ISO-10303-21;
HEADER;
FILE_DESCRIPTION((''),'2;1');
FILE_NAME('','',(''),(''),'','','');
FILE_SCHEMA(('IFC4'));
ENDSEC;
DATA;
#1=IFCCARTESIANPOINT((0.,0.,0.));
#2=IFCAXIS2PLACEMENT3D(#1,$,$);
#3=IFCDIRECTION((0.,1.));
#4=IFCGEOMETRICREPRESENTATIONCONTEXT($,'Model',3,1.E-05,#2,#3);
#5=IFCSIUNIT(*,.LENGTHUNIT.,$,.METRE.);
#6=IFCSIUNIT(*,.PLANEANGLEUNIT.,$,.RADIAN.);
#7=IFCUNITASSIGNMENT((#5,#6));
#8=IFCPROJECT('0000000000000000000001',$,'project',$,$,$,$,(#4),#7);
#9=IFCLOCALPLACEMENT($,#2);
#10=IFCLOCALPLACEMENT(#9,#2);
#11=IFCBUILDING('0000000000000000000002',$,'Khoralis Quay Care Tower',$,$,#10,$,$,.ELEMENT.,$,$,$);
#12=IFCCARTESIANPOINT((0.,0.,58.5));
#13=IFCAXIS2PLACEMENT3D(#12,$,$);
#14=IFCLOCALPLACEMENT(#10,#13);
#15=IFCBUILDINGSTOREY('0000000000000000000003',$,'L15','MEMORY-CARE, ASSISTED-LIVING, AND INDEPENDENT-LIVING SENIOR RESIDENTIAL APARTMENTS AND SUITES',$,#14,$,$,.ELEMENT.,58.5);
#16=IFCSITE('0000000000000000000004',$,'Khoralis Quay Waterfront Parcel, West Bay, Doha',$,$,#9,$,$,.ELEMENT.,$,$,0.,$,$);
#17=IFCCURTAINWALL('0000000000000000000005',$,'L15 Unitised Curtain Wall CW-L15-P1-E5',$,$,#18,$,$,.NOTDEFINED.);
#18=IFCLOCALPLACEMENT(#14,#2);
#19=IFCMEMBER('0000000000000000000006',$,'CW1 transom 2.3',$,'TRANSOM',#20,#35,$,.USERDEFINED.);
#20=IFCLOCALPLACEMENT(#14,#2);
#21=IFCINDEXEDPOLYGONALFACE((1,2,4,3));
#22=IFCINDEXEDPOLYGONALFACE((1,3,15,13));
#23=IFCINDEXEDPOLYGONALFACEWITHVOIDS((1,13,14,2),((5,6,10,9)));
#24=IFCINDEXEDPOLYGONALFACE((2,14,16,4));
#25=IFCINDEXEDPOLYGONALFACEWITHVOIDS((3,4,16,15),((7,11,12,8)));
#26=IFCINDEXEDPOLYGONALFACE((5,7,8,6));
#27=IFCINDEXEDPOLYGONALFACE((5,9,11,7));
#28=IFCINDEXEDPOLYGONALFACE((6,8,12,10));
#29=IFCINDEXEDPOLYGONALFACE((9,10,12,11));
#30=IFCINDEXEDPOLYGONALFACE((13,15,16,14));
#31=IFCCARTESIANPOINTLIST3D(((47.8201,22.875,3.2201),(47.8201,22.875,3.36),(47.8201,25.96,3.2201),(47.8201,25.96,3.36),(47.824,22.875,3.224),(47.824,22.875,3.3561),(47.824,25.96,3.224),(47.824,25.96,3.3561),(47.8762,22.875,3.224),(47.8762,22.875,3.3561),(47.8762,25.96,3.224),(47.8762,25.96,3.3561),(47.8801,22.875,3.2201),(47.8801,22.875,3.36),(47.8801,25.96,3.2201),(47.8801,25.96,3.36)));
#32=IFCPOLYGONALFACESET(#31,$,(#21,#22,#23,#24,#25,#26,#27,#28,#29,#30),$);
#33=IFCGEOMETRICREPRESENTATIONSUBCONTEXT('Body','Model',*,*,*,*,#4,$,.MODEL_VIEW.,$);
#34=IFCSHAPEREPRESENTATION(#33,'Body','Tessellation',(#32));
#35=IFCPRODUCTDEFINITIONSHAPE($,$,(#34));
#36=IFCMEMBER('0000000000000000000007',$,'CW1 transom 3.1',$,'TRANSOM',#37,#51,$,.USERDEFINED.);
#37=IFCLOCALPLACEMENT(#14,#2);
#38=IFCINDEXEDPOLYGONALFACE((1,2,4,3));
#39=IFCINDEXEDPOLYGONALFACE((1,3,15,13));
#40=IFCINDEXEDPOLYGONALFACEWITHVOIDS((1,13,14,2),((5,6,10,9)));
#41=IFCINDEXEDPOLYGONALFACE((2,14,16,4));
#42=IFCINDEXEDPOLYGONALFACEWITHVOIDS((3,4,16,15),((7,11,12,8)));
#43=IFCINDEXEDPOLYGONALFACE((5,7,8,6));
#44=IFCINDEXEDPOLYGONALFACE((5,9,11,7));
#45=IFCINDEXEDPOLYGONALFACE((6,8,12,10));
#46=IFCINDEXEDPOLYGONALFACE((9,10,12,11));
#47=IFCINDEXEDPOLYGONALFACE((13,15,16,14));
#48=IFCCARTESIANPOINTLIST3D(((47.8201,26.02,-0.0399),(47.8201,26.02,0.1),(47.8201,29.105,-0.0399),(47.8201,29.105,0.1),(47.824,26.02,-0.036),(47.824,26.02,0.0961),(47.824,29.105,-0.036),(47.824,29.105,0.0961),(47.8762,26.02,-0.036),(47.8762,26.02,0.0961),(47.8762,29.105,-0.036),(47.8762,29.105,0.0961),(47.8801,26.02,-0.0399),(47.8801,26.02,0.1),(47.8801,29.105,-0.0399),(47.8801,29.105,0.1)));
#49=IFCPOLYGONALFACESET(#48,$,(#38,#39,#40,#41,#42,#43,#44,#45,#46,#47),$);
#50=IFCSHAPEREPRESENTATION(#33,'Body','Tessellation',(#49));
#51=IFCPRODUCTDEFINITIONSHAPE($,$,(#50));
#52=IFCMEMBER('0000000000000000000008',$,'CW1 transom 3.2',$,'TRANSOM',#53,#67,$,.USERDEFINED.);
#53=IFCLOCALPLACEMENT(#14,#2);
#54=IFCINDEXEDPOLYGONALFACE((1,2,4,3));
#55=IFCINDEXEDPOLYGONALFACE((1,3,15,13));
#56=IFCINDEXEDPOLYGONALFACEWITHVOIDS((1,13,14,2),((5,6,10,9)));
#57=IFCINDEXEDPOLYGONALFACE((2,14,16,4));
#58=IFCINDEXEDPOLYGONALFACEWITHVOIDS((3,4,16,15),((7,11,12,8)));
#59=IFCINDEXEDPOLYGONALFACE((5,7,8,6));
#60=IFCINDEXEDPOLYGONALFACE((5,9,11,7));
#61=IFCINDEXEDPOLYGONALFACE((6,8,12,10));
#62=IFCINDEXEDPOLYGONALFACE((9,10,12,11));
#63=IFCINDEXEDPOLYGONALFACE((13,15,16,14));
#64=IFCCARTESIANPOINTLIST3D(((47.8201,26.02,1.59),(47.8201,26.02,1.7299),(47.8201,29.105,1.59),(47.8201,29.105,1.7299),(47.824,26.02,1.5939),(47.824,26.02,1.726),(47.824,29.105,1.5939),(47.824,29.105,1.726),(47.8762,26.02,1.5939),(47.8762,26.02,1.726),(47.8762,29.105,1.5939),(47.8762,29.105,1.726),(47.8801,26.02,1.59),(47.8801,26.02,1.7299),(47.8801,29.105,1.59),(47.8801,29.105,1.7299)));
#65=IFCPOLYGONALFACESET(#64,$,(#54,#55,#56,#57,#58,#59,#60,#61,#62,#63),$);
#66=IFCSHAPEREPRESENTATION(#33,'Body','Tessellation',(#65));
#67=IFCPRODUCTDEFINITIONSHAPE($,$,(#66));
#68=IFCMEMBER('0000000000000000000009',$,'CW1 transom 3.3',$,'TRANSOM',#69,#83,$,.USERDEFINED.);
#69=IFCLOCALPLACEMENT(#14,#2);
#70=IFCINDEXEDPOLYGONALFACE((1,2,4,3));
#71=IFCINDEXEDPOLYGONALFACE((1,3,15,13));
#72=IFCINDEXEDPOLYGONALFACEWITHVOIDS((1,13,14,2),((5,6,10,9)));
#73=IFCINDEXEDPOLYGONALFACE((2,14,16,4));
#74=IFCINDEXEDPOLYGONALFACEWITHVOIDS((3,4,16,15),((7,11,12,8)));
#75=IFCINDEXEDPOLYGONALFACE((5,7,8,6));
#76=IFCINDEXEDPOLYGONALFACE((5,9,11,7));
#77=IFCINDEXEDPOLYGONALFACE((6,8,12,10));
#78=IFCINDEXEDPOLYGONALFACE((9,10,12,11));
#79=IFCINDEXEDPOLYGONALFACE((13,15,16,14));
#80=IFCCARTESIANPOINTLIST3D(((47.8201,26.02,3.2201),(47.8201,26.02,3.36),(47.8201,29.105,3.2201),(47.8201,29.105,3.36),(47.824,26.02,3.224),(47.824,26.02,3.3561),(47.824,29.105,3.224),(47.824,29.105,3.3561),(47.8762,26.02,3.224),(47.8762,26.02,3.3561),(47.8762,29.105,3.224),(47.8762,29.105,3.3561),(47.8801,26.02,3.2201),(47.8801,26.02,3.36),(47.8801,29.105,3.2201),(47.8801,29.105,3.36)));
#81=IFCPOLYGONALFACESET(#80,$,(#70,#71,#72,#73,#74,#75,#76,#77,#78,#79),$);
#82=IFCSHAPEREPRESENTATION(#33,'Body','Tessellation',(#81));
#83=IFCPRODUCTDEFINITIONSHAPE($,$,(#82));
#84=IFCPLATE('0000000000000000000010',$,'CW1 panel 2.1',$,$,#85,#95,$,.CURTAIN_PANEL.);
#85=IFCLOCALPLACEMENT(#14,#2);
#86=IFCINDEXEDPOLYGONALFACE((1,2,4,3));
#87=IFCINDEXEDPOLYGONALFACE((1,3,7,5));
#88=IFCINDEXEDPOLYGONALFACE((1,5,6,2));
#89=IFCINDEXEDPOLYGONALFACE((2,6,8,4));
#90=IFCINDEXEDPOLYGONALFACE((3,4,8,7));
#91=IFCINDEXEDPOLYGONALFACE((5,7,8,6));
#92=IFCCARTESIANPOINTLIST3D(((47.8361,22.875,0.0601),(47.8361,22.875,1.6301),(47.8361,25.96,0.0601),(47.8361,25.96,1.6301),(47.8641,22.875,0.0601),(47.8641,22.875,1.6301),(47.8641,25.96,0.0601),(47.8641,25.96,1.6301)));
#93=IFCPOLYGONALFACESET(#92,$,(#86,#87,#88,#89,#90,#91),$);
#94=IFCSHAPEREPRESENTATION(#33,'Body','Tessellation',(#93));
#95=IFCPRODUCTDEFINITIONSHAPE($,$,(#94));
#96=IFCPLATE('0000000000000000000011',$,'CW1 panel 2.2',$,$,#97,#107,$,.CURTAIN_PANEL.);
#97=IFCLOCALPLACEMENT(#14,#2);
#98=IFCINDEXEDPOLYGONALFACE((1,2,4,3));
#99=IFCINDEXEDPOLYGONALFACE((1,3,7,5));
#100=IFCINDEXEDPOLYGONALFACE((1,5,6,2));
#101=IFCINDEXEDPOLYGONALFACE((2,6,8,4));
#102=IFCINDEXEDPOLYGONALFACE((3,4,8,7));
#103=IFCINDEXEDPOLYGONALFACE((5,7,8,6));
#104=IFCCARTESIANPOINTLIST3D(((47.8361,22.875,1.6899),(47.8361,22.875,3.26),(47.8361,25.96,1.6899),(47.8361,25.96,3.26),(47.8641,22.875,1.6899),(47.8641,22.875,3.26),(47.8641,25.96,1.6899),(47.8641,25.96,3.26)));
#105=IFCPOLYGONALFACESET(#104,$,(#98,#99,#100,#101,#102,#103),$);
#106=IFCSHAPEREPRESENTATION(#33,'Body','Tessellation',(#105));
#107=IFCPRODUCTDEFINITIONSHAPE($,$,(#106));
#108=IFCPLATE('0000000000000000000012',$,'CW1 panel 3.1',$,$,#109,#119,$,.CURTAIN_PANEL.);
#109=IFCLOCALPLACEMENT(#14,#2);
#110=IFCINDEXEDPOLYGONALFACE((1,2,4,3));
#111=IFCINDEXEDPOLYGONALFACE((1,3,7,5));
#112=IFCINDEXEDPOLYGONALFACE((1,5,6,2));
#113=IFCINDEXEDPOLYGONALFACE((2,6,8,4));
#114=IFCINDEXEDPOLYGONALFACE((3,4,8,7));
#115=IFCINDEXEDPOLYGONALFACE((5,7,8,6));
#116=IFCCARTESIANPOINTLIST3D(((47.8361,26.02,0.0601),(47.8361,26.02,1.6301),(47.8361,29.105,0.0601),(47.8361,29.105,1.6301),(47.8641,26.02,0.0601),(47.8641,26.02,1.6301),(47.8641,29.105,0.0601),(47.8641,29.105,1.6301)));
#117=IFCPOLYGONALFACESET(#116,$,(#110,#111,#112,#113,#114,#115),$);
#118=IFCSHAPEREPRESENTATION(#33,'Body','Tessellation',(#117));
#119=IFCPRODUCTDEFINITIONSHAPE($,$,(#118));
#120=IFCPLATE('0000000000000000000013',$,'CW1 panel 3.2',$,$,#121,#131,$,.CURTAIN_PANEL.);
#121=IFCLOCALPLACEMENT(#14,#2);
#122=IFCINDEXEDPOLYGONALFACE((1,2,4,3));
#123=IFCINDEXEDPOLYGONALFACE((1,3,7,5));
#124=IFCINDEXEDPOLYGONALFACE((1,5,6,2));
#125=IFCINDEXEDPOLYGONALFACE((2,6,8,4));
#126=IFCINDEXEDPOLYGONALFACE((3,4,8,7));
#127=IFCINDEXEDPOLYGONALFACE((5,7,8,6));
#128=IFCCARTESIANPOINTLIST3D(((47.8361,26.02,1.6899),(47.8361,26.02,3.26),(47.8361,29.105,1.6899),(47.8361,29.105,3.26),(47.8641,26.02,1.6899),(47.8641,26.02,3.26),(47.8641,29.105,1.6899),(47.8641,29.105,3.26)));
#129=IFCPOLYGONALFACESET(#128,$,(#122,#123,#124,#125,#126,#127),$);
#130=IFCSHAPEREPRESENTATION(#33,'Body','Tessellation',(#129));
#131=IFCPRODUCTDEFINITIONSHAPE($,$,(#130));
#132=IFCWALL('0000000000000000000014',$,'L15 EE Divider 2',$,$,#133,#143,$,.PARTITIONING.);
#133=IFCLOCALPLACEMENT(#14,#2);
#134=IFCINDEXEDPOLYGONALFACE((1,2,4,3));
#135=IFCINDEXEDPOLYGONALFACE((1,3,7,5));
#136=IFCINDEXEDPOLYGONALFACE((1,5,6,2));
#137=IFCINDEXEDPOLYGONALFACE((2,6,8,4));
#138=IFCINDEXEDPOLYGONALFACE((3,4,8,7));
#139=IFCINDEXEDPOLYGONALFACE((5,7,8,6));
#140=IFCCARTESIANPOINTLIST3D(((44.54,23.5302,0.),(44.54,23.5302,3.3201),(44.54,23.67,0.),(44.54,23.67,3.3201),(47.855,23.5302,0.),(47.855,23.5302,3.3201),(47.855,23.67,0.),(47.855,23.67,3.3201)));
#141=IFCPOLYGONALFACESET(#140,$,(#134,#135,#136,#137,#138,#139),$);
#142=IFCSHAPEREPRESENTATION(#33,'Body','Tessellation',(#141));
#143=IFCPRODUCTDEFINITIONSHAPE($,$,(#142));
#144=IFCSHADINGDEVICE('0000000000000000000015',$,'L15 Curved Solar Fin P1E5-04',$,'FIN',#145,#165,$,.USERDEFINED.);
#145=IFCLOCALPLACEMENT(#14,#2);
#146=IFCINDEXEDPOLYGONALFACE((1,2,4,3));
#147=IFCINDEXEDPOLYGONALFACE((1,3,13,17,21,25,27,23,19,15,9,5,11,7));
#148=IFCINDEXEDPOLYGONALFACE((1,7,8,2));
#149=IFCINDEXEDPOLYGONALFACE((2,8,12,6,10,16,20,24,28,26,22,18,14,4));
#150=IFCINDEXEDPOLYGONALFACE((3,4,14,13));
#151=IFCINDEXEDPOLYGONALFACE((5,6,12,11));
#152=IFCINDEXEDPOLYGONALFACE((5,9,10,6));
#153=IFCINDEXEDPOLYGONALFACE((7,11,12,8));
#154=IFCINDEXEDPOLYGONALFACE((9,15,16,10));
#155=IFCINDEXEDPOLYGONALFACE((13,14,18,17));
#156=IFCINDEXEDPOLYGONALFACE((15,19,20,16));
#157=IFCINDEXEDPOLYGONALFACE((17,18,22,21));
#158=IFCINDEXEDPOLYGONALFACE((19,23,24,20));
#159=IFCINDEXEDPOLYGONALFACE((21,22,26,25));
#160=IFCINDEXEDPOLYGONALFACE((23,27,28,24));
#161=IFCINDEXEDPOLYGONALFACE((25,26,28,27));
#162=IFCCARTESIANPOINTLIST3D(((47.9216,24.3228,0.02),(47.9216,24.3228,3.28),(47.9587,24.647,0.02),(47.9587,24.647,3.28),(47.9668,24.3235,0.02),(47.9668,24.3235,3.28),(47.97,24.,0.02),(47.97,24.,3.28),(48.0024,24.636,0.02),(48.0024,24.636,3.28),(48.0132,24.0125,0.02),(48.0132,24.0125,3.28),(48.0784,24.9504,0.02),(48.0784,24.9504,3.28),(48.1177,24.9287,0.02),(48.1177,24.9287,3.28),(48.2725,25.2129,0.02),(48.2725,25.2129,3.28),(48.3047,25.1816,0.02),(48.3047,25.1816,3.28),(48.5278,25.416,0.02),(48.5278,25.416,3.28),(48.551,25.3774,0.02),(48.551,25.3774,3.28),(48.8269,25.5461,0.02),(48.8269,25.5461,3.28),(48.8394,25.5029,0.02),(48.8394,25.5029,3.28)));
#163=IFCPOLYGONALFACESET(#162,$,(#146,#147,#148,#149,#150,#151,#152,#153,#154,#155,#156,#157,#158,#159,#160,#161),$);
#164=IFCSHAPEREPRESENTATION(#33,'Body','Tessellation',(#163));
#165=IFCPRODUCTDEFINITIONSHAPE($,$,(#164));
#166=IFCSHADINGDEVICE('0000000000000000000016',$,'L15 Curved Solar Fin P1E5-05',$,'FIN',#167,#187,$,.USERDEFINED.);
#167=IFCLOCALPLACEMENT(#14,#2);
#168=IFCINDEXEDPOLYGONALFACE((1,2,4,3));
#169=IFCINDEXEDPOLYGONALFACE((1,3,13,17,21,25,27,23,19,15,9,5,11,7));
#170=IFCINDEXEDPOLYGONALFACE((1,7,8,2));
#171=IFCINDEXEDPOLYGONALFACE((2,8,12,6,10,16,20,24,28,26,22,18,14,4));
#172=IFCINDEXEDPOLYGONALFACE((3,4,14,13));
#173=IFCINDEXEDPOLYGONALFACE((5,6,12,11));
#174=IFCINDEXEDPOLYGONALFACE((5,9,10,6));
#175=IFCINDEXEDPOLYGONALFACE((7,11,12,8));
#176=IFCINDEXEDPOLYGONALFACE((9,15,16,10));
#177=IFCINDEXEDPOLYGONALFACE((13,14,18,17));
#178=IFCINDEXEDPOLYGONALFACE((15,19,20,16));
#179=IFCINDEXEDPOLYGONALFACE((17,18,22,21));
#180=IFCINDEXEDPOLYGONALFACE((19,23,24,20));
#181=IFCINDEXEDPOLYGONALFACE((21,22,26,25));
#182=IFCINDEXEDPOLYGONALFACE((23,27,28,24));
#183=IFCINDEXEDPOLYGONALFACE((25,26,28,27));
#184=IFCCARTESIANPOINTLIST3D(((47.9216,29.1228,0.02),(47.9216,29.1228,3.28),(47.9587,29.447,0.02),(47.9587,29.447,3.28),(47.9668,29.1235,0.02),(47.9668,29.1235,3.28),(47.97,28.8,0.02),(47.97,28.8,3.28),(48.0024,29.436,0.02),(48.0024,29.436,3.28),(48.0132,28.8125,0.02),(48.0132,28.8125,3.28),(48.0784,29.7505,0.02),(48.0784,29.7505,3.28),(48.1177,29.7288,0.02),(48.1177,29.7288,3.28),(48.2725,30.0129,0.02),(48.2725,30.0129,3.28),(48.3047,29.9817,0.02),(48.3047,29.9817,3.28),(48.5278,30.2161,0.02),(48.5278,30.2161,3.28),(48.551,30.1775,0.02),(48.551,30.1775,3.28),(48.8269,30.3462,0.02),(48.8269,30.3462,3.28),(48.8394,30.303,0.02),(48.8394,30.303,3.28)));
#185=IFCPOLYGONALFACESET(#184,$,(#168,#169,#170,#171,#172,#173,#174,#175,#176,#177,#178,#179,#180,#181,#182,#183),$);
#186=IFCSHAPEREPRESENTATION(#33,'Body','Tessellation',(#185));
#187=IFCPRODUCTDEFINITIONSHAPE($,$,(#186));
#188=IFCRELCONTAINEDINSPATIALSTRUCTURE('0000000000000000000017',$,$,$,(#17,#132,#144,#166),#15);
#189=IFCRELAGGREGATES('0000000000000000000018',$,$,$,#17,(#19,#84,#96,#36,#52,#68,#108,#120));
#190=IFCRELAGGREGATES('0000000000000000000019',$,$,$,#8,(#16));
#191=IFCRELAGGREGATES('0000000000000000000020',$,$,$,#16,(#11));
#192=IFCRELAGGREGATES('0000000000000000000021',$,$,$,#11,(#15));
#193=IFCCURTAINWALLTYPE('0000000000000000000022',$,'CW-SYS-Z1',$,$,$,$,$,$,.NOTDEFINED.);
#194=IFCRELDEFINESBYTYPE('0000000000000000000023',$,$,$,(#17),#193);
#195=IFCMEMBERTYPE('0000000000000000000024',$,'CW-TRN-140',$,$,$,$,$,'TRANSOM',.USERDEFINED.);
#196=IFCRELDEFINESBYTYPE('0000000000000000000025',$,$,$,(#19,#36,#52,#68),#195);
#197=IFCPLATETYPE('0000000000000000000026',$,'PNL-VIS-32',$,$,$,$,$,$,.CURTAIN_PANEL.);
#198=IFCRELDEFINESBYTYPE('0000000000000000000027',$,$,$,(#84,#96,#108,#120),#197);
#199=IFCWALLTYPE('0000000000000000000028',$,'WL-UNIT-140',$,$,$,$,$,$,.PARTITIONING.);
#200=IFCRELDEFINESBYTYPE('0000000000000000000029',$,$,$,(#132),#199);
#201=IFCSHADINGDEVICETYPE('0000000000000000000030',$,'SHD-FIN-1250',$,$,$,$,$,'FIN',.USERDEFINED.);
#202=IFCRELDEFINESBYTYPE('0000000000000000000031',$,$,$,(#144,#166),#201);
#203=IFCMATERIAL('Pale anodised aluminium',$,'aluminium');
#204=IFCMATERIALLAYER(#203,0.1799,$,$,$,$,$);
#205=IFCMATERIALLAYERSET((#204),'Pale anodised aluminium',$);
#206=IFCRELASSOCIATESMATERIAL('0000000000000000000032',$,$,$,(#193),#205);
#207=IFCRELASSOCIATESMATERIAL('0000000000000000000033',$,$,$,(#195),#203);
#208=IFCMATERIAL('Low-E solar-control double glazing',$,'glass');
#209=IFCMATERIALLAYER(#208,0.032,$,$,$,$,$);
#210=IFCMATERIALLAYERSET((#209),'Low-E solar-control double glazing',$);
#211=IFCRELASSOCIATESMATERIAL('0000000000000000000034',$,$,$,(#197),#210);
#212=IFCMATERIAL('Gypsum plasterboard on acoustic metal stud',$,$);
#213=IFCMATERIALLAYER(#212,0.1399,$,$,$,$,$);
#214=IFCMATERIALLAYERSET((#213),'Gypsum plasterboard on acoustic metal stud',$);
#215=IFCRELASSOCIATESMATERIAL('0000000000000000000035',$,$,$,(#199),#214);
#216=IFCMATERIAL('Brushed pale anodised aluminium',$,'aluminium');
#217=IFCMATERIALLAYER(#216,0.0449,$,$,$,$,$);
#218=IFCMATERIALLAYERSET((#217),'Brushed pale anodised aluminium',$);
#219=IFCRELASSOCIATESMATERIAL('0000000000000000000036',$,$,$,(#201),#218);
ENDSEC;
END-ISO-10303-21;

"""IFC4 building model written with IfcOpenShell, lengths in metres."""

from ifc_helpers import new_model, si_unit, direction, frame, frame_2d, origin, origin_2d, place, context, subcontext, project, spatial, polyline, rectangle, hollow_rectangle, outline, extrude, source, transform, mapped, material, layer, layer_set, material_profile, profile_set, type_object, element, aggregate, save


model = new_model("IFC4")

# Units and contexts
model_context = context("Model", 3, precision=1e-05, world=origin(), true_north=direction((0.0, 1.0)))
body_context = subcontext(model_context, "Body", "Model", "MODEL_VIEW")
ifc_project = project(units=[si_unit("LENGTHUNIT", "METRE"), si_unit("PLANEANGLEUNIT", "RADIAN")], contexts=[model_context])

# Site, building, storey
site_placement = place(None, origin())
site = spatial("IfcSite", under=ifc_project, at=site_placement, Name="Khoralis Quay Waterfront Parcel, West Bay, Doha", CompositionType="ELEMENT", RefElevation=0.0)
building_placement = place(site_placement, origin())
building = spatial("IfcBuilding", under=site, at=building_placement, Name="Khoralis Quay Care Tower", CompositionType="ELEMENT")
storey_placement = place(building_placement, frame((0.0, 0.0, 58.5)))
storey = spatial("IfcBuildingStorey", under=building, at=storey_placement, Name="L15", Description="MEMORY-CARE, ASSISTED-LIVING, AND INDEPENDENT-LIVING SENIOR RESIDENTIAL APARTMENTS AND SUITES", CompositionType="ELEMENT", Elevation=58.5)

# Curtain wall, members, plates
ifc_material_1 = material(Name="Pale anodised aluminium", Category="aluminium")
ifc_layer_1 = layer(ifc_material_1, 0.1799)
ifc_layer_set_1 = layer_set([ifc_layer_1], Name="Pale anodised aluminium")
curtain_wall_type = type_object("IfcCurtainWallType", Name="CW-SYS-Z1", PredefinedType="NOTDEFINED", material=ifc_layer_set_1)
curtain_wall_placement = place(storey_placement, origin())
curtain_wall = element("IfcCurtainWall", 1, at=curtain_wall_placement, inside=storey, type_object=curtain_wall_type, Name="L15 Unitised Curtain Wall CW-L15-P1-E5", PredefinedType="NOTDEFINED")
ifc_material_profile_1 = material_profile(ifc_material_1, hollow_rectangle(XDim=0.0601, YDim=0.1399, WallThickness=0.0039, at=origin_2d()), Name="Pale anodised aluminium")
ifc_profile_set_1 = profile_set([ifc_material_profile_1], Name="Pale anodised aluminium")
member_type_1 = type_object("IfcMemberType", Name="CW-TRN-140", ElementType="TRANSOM", PredefinedType="USERDEFINED", material=ifc_profile_set_1)
shared_shape_1 = source(origin(), body_context, "Body", "SweptSolid", [
    extrude(hollow_rectangle(XDim=0.0601, YDim=0.1399, WallThickness=0.0039, at=origin_2d()), origin(), (0.0, 0.0, 1.0), 3.085),
])
member_1_placement = place(storey_placement, frame((47.8501, 22.875, 3.29), z_axis=(0.0, 1.0, 0.0), x_axis=(-1.0, 0.0, 0.0)))
member_1 = element("IfcMember", 2, at=member_1_placement, type_object=member_type_1, Name="CW1 transom 2.3", ObjectType="TRANSOM", PredefinedType="USERDEFINED", context=body_context, shape_type="MappedRepresentation", body=[
    mapped(shared_shape_1, transform((0.0, 0.0, 0.0), scale=1.0)),
])
member_2_placement = place(storey_placement, frame((47.8501, 26.02, 0.03), z_axis=(0.0, 1.0, 0.0), x_axis=(-1.0, 0.0, 0.0)))
member_2 = element("IfcMember", 3, at=member_2_placement, type_object=member_type_1, Name="CW1 transom 3.1", ObjectType="TRANSOM", PredefinedType="USERDEFINED", context=body_context, shape_type="MappedRepresentation", body=[
    mapped(shared_shape_1, transform((0.0, 0.0, 0.0), scale=1.0)),
])
member_3_placement = place(storey_placement, frame((47.8501, 26.02, 1.6599), z_axis=(0.0, 1.0, 0.0), x_axis=(-1.0, 0.0, 0.0)))
member_3 = element("IfcMember", 4, at=member_3_placement, type_object=member_type_1, Name="CW1 transom 3.2", ObjectType="TRANSOM", PredefinedType="USERDEFINED", context=body_context, shape_type="MappedRepresentation", body=[
    mapped(shared_shape_1, transform((0.0, 0.0, 0.0), scale=1.0)),
])
member_4_placement = place(storey_placement, frame((47.8501, 26.02, 3.29), z_axis=(0.0, 1.0, 0.0), x_axis=(-1.0, 0.0, 0.0)))
member_4 = element("IfcMember", 5, at=member_4_placement, type_object=member_type_1, Name="CW1 transom 3.3", ObjectType="TRANSOM", PredefinedType="USERDEFINED", context=body_context, shape_type="MappedRepresentation", body=[
    mapped(shared_shape_1, transform((0.0, 0.0, 0.0), scale=1.0)),
])
ifc_material_2 = material(Name="Low-E solar-control double glazing", Category="glass")
ifc_layer_2 = layer(ifc_material_2, 0.032)
ifc_layer_set_2 = layer_set([ifc_layer_2], Name="Low-E solar-control double glazing")
plate_type = type_object("IfcPlateType", Name="PNL-VIS-32", PredefinedType="CURTAIN_PANEL", material=ifc_layer_set_2)
shared_shape_2 = source(origin(), body_context, "Body", "SweptSolid", [
    extrude(rectangle(XDim=3.085, YDim=0.0281, at=origin_2d()), origin(), (0.0, 0.0, 1.0), 1.5701),
])
plate_1_placement = place(storey_placement, frame((47.8501, 24.4175, 0.0601), z_axis=(0.0, 0.0, 1.0), x_axis=(0.0, 1.0, 0.0)))
plate_1 = element("IfcPlate", 6, at=plate_1_placement, type_object=plate_type, Name="CW1 panel 2.1", PredefinedType="CURTAIN_PANEL", context=body_context, shape_type="MappedRepresentation", body=[
    mapped(shared_shape_2, transform((0.0, 0.0, 0.0), scale=1.0)),
])
plate_2_placement = place(storey_placement, frame((47.8501, 24.4175, 1.6899), z_axis=(0.0, 0.0, 1.0), x_axis=(0.0, 1.0, 0.0)))
plate_2 = element("IfcPlate", 7, at=plate_2_placement, type_object=plate_type, Name="CW1 panel 2.2", PredefinedType="CURTAIN_PANEL", context=body_context, shape_type="MappedRepresentation", body=[
    mapped(shared_shape_2, transform((0.0, 0.0, 0.0), scale=1.0)),
])
plate_3_placement = place(storey_placement, frame((47.8501, 27.5625, 0.0601), z_axis=(0.0, 0.0, 1.0), x_axis=(0.0, 1.0, 0.0)))
plate_3 = element("IfcPlate", 8, at=plate_3_placement, type_object=plate_type, Name="CW1 panel 3.1", PredefinedType="CURTAIN_PANEL", context=body_context, shape_type="MappedRepresentation", body=[
    mapped(shared_shape_2, transform((0.0, 0.0, 0.0), scale=1.0)),
])
plate_4_placement = place(storey_placement, frame((47.8501, 27.5625, 1.6899), z_axis=(0.0, 0.0, 1.0), x_axis=(0.0, 1.0, 0.0)))
plate_4 = element("IfcPlate", 9, at=plate_4_placement, type_object=plate_type, Name="CW1 panel 3.2", PredefinedType="CURTAIN_PANEL", context=body_context, shape_type="MappedRepresentation", body=[
    mapped(shared_shape_2, transform((0.0, 0.0, 0.0), scale=1.0)),
])
aggregate(curtain_wall, [member_1, plate_1, plate_2, member_2, member_3, member_4, plate_3, plate_4])

# Wall
ifc_material_3 = material(Name="Gypsum plasterboard on acoustic metal stud")
ifc_layer_3 = layer(ifc_material_3, 0.1399)
ifc_layer_set_3 = layer_set([ifc_layer_3], Name="Gypsum plasterboard on acoustic metal stud")
wall_type = type_object("IfcWallType", Name="WL-UNIT-140", PredefinedType="PARTITIONING", material=ifc_layer_set_3)
wall_placement = place(storey_placement, frame((44.54, 23.6001, 0.0), z_axis=(0.0, 0.0, 1.0), x_axis=(1.0, 0.0, 0.0)))
element("IfcWall", 10, at=wall_placement, inside=storey, type_object=wall_type, Name="L15 EE Divider 2", PredefinedType="PARTITIONING", context=body_context, shape_type="SweptSolid", body=[
    extrude(rectangle(XDim=3.3149, YDim=0.1399, at=frame_2d((1.6575, 0.0))), origin(), (0.0, 0.0, 1.0), 3.3201),
])

# Shading devices
ifc_material_4 = material(Name="Brushed pale anodised aluminium", Category="aluminium")
ifc_layer_4 = layer(ifc_material_4, 0.0449)
ifc_layer_set_4 = layer_set([ifc_layer_4], Name="Brushed pale anodised aluminium")
shading_device_type = type_object("IfcShadingDeviceType", Name="SHD-FIN-1250", ElementType="FIN", PredefinedType="USERDEFINED", material=ifc_layer_set_4)
shared_shape_3 = source(origin(), body_context, "Body", "SweptSolid", [
    extrude(outline(polyline([(0.0, 0.0), (-0.0483, 0.3228), (-0.0112, 0.647), (0.1084, 0.9504), (0.3025, 1.2129), (0.5579, 1.416), (0.8569, 1.5461), (0.8694, 1.5029), (0.5811, 1.3774), (0.3347, 1.1816), (0.1477, 0.9287), (0.0325, 0.636), (-0.0032, 0.3235), (0.0432, 0.0125), (0.0, 0.0)])), origin(), (0.0, 0.0, 1.0), 3.26),
])
for number, where, z_axis, x_axis, name in (
    (11, (47.97, 24.0, 0.02), (0.0, 0.0, 1.0), (1.0, 0.0, 0.0), "L15 Curved Solar Fin P1E5-04"),
    (12, (47.97, 28.8, 0.02), (0.0, 0.0, 1.0), (1.0, 0.0, 0.0), "L15 Curved Solar Fin P1E5-05"),
):
    element("IfcShadingDevice", number, at=place(storey_placement, frame(where, z_axis=z_axis, x_axis=x_axis)), inside=storey, type_object=shading_device_type, Name=name, ObjectType="FIN", PredefinedType="USERDEFINED", context=body_context, shape_type="MappedRepresentation", body=[
        mapped(shared_shape_3, transform((0.0, 0.0, 0.0), scale=1.0)),
    ])

save(model, "model.ifc")
